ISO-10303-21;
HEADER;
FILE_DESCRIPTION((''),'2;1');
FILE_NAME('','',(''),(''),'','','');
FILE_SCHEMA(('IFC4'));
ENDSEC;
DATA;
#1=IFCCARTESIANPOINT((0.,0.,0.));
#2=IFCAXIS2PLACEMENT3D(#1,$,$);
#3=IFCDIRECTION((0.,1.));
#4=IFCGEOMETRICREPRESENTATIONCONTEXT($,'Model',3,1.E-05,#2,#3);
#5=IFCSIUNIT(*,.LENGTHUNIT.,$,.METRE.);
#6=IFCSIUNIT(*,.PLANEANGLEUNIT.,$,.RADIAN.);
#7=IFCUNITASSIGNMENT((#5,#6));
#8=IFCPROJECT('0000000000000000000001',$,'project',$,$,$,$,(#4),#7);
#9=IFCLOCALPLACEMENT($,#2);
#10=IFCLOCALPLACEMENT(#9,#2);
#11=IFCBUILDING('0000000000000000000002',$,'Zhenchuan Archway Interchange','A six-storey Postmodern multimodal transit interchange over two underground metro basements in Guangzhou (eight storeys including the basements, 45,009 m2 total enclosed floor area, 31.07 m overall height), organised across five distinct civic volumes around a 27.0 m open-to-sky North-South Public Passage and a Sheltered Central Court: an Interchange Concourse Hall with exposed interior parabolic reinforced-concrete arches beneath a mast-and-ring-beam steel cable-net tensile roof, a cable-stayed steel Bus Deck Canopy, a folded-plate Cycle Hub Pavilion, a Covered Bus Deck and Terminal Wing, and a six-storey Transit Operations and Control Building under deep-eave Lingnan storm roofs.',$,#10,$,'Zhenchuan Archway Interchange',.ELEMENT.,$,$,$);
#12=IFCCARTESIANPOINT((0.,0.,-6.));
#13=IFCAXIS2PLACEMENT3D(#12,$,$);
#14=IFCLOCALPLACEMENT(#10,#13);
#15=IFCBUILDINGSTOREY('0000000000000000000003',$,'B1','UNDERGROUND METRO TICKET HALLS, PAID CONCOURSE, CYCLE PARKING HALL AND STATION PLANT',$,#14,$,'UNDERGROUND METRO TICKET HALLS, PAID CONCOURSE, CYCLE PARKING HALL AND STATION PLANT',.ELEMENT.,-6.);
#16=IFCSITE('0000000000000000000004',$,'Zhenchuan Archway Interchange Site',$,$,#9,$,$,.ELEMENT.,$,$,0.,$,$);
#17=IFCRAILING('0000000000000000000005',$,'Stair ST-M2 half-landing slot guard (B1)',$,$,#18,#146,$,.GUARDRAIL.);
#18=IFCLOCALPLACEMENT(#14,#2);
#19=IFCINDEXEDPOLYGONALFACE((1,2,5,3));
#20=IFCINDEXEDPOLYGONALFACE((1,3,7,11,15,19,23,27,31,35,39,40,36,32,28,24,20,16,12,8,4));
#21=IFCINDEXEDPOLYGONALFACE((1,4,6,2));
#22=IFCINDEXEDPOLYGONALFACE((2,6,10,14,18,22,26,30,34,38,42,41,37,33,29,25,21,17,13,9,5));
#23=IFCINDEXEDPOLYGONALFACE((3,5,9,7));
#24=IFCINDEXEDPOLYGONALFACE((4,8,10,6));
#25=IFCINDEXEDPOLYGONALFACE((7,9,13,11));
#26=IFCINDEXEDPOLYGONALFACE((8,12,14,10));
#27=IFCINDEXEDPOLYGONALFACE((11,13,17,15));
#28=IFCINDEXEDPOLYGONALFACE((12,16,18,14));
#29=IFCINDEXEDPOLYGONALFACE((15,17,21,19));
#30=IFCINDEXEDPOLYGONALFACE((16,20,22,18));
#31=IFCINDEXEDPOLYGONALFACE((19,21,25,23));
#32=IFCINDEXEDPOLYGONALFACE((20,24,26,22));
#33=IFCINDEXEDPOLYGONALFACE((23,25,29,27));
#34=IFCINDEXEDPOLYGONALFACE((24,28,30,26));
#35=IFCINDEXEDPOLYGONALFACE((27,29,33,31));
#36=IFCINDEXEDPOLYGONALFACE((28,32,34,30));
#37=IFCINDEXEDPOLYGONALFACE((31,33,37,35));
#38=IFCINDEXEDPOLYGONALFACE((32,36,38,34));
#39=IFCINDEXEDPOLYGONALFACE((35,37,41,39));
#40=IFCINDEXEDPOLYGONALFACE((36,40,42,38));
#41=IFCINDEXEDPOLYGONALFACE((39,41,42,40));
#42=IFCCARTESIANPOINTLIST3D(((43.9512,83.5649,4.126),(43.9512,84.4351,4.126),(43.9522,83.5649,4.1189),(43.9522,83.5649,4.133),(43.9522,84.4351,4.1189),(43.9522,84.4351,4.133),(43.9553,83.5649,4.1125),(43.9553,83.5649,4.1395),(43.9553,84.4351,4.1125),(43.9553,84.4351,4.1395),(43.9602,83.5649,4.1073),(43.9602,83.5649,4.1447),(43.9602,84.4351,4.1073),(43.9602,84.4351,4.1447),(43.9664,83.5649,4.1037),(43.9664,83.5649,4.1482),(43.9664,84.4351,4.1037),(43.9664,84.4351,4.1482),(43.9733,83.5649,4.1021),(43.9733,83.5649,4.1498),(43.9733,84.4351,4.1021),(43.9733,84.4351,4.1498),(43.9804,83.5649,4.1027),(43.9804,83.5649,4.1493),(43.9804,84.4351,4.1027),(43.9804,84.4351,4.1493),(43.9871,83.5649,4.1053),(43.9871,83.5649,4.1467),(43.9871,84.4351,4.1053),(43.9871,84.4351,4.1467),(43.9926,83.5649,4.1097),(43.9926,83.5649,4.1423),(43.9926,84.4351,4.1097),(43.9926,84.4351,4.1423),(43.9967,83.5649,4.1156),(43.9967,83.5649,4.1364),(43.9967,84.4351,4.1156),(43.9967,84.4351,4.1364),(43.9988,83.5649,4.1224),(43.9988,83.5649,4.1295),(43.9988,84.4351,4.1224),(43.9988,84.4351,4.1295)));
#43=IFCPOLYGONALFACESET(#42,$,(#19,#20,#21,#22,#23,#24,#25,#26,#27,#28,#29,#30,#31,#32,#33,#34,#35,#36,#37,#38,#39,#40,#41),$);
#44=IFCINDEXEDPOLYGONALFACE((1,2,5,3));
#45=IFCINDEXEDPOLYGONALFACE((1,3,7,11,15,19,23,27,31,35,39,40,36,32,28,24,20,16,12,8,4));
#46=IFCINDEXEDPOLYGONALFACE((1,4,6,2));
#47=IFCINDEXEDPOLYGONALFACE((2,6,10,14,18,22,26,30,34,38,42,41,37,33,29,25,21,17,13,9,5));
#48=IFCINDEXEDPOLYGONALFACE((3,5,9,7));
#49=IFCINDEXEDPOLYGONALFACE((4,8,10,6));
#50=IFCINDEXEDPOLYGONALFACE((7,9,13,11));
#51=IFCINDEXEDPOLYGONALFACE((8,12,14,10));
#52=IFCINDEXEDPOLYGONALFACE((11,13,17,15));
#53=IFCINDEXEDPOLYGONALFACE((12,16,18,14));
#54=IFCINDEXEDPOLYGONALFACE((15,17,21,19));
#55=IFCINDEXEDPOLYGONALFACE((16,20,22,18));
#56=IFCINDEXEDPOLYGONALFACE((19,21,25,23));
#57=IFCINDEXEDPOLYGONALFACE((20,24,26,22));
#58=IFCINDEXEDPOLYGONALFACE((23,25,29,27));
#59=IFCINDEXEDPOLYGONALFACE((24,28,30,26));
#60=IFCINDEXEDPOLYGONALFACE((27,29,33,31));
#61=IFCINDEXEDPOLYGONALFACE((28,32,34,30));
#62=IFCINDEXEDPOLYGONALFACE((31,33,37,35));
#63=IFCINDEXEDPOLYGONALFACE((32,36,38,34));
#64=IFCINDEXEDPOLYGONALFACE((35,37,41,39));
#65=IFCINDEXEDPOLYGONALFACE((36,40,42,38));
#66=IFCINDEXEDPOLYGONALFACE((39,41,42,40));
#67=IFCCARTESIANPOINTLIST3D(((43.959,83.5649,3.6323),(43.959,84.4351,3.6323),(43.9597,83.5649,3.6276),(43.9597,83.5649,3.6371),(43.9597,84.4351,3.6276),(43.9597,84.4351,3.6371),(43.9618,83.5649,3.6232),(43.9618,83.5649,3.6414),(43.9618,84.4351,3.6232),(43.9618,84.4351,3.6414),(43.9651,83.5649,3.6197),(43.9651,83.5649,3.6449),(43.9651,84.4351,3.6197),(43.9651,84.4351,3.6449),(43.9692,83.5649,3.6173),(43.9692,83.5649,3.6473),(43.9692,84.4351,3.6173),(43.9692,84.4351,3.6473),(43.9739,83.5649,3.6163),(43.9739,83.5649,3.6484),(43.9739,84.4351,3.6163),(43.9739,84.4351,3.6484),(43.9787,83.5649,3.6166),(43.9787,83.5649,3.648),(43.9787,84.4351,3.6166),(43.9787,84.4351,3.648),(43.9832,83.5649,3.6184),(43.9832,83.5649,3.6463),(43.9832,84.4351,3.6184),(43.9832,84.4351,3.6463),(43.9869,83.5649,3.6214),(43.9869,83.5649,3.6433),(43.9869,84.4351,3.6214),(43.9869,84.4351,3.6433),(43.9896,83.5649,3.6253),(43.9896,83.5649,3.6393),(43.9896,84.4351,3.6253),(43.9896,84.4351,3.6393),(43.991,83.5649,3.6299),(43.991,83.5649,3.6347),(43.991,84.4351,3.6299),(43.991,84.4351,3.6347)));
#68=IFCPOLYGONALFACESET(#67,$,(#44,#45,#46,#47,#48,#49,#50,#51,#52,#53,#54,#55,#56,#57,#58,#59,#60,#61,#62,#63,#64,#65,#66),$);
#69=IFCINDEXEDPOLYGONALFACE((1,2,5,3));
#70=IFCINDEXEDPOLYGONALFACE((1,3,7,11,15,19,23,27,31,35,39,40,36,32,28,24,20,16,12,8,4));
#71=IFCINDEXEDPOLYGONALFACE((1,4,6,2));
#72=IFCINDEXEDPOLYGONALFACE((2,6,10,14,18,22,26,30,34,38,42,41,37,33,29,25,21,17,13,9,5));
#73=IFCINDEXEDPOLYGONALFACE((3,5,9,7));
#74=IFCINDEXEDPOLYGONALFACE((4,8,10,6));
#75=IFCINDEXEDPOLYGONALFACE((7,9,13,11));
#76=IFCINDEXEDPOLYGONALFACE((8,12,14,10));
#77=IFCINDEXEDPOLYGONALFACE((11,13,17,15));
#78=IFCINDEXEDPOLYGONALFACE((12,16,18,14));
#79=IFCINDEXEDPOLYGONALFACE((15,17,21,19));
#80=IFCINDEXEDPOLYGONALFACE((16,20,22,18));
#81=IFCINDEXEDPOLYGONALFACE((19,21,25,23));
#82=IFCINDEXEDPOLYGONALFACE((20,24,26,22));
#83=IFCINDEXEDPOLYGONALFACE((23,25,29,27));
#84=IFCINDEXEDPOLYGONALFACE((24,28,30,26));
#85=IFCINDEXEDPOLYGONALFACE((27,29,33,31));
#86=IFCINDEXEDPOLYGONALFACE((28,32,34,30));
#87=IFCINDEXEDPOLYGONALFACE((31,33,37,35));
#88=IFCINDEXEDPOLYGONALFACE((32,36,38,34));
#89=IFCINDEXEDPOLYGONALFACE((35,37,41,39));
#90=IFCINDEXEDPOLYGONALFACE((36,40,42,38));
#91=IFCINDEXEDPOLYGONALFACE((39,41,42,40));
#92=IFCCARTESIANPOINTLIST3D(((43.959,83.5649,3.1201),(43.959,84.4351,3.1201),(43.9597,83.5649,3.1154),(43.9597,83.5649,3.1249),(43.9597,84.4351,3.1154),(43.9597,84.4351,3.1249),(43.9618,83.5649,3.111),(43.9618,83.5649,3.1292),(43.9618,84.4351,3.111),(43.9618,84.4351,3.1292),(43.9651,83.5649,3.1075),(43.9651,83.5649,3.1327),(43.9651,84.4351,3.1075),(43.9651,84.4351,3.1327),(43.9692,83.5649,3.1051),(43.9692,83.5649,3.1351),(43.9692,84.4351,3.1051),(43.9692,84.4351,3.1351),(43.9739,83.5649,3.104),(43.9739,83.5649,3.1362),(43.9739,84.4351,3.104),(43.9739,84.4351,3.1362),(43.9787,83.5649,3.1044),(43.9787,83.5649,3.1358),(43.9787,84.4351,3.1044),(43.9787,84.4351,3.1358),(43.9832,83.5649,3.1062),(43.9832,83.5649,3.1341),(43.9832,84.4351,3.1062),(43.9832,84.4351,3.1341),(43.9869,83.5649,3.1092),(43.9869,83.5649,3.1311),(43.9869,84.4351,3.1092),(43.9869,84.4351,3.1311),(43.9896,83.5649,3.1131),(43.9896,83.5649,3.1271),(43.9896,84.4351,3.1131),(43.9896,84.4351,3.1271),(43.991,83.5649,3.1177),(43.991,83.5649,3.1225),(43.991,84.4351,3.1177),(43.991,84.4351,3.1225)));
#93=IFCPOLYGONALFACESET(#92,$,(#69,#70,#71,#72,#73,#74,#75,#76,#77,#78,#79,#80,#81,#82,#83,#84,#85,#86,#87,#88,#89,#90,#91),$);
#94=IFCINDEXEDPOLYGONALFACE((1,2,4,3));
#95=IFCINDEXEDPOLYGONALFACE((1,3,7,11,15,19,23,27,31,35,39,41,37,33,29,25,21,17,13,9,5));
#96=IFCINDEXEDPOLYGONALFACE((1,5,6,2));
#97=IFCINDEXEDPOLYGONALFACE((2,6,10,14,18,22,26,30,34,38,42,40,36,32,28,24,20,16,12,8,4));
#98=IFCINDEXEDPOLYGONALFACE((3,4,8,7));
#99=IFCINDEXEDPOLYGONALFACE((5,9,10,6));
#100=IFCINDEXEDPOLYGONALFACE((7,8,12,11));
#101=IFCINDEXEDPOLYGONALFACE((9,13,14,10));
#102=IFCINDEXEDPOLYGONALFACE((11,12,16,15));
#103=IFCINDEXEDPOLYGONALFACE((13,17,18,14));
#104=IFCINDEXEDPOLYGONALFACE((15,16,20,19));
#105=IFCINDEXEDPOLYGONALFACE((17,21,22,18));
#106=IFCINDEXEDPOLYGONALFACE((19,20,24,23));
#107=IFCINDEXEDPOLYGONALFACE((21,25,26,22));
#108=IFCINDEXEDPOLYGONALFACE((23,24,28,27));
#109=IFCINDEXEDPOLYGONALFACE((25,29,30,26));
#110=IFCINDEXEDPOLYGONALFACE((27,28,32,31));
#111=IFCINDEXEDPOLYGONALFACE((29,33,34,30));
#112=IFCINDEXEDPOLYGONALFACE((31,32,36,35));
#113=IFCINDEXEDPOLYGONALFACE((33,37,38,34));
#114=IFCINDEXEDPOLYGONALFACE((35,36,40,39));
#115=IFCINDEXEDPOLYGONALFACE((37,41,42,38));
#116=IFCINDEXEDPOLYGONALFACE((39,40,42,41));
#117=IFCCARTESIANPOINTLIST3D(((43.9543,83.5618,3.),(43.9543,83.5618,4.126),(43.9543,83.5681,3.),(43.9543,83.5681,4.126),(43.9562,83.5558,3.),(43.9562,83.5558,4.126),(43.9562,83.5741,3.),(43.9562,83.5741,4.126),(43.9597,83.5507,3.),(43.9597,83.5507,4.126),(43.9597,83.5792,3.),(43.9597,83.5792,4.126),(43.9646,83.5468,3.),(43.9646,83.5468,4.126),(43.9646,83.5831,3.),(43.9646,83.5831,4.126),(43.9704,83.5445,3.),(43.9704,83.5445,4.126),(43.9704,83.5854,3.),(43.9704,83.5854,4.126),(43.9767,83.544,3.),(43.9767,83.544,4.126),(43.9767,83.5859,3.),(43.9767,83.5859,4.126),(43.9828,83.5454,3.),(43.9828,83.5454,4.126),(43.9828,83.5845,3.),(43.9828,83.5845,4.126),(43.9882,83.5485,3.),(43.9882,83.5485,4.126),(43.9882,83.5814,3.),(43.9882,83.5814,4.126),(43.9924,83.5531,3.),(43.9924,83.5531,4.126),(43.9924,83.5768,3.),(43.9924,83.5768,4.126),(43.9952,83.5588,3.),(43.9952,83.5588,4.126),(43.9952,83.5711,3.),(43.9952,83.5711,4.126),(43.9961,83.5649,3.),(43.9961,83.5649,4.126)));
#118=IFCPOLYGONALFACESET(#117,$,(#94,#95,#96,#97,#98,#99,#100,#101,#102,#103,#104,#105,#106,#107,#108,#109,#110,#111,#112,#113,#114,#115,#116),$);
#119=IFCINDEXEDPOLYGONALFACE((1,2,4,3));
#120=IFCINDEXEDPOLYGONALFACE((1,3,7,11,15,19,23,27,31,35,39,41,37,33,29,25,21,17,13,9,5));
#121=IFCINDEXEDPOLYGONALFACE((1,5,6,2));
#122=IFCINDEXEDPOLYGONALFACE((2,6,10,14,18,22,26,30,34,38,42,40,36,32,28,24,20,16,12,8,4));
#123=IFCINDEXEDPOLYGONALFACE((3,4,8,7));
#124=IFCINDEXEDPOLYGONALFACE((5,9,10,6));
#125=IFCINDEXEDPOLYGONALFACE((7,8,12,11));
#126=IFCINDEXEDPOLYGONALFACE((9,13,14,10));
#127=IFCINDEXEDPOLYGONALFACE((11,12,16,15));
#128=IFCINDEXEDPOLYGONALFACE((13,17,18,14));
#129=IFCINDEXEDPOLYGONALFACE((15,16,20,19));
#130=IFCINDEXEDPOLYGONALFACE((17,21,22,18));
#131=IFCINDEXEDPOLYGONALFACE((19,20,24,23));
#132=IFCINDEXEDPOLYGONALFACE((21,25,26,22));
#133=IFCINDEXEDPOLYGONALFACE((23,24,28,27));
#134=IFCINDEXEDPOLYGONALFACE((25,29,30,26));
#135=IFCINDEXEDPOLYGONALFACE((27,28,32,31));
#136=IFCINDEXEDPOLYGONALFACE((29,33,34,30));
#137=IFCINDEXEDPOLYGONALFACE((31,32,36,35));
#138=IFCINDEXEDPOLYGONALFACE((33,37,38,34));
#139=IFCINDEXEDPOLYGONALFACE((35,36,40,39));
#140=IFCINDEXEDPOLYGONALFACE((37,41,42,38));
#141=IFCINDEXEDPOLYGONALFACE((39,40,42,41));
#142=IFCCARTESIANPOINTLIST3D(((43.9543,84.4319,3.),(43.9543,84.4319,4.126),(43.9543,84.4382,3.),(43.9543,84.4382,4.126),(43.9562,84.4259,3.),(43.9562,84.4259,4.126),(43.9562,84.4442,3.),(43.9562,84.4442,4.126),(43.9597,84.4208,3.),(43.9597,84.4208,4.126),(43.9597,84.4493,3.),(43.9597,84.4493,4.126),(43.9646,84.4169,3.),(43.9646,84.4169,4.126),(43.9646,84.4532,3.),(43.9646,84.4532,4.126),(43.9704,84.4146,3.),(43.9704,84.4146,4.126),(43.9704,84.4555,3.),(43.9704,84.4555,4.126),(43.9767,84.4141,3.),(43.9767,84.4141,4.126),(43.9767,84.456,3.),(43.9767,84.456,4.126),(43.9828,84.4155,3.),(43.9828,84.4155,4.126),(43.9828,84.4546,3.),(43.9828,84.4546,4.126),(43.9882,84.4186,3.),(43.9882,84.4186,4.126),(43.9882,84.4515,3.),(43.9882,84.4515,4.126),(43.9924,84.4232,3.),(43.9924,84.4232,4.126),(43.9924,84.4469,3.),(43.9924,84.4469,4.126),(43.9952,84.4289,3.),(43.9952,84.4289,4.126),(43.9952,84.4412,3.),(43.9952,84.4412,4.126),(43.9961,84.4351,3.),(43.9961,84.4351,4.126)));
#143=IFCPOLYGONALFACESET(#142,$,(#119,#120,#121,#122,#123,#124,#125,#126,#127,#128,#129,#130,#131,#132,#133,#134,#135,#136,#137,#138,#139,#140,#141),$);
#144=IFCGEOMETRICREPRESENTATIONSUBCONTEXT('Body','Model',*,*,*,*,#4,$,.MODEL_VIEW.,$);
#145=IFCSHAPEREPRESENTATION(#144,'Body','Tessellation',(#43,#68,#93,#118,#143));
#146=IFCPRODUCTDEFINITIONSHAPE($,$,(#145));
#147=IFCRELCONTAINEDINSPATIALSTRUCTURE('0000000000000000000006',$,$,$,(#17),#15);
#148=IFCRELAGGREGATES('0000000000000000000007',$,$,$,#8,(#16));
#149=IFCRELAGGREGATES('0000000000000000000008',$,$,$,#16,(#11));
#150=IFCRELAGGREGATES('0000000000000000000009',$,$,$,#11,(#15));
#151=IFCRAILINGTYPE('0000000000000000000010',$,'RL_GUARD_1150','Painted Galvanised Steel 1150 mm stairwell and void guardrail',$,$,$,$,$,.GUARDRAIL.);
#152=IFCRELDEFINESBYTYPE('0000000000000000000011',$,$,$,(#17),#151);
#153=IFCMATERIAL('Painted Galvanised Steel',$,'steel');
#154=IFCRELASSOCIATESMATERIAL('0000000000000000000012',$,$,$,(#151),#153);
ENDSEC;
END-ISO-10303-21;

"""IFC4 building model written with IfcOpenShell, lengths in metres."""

from ifc_helpers import new_model, si_unit, direction, frame, origin, origin_2d, place, context, subcontext, project, spatial, circle, extrude, material, type_object, element, save


model = new_model("IFC4")

# Units and contexts
model_context = context("Model", 3, precision=1e-05, world=origin(), true_north=direction((0.0, 1.0)))
body_context = subcontext(model_context, "Body", "Model", "MODEL_VIEW")
ifc_project = project(units=[si_unit("LENGTHUNIT", "METRE"), si_unit("PLANEANGLEUNIT", "RADIAN")], contexts=[model_context])

# Site, building, storey
site_placement = place(None, origin())
site = spatial("IfcSite", under=ifc_project, at=site_placement, Name="Zhenchuan Archway Interchange Site", CompositionType="ELEMENT", RefElevation=0.0)
building_placement = place(site_placement, origin())
building = spatial("IfcBuilding", under=site, at=building_placement, Name="Zhenchuan Archway Interchange", Description="A six-storey Postmodern multimodal transit interchange over two underground metro basements in Guangzhou (eight storeys including the basements, 45,009 m2 total enclosed floor area, 31.07 m overall height), organised across five distinct civic volumes around a 27.0 m open-to-sky North-South Public Passage and a Sheltered Central Court: an Interchange Concourse Hall with exposed interior parabolic reinforced-concrete arches beneath a mast-and-ring-beam steel cable-net tensile roof, a cable-stayed steel Bus Deck Canopy, a folded-plate Cycle Hub Pavilion, a Covered Bus Deck and Terminal Wing, and a six-storey Transit Operations and Control Building under deep-eave Lingnan storm roofs.", LongName="Zhenchuan Archway Interchange", CompositionType="ELEMENT")
storey_placement = place(building_placement, frame((0.0, 0.0, -6.0)))
storey = spatial("IfcBuildingStorey", under=building, at=storey_placement, Name="B1", Description="UNDERGROUND METRO TICKET HALLS, PAID CONCOURSE, CYCLE PARKING HALL AND STATION PLANT", LongName="UNDERGROUND METRO TICKET HALLS, PAID CONCOURSE, CYCLE PARKING HALL AND STATION PLANT", CompositionType="ELEMENT", Elevation=-6.0)

# Shared definitions
ifc_material_1 = material(Name="Painted Galvanised Steel", Category="steel")

# Railing
railing_type_1 = type_object("IfcRailingType", Name="RL_GUARD_1150", Description="Painted Galvanised Steel 1150 mm stairwell and void guardrail", PredefinedType="GUARDRAIL", material=ifc_material_1)
for number, where, name in (
    (1, (43.9751, 83.5649, 3.0), "Stair ST-M2 half-landing slot guard (B1)"),
):
    element("IfcRailing", number, at=place(storey_placement, frame(where)), inside=storey, type_object=railing_type_1, Name=name, PredefinedType="GUARDRAIL", context=body_context, shape_type="SweptSolid", body=[
        extrude(circle(Radius=0.0239, at=origin_2d()), frame((0.0, 0.0, 1.126), z_axis=(0.0, 1.0, 0.0), x_axis=(-1.0, 0.0, 0.0)), (0.0, 0.0, 1.0), 0.8701),
        extrude(circle(Radius=0.0161, at=origin_2d()), frame((0.0, 0.0, 0.6323), z_axis=(0.0, 1.0, 0.0), x_axis=(-1.0, 0.0, 0.0)), (0.0, 0.0, 1.0), 0.8701),
        extrude(circle(Radius=0.0161, at=origin_2d()), frame((0.0, 0.0, 0.1201), z_axis=(0.0, 1.0, 0.0), x_axis=(-1.0, 0.0, 0.0)), (0.0, 0.0, 1.0), 0.8701),
        extrude(circle(Radius=0.021, at=origin_2d()), origin(), (0.0, 0.0, 1.0), 1.126),
        extrude(circle(Radius=0.021, at=origin_2d()), frame((0.0, 0.8701, 0.0)), (0.0, 0.0, 1.0), 1.126),
    ])

save(model, "model.ifc")
